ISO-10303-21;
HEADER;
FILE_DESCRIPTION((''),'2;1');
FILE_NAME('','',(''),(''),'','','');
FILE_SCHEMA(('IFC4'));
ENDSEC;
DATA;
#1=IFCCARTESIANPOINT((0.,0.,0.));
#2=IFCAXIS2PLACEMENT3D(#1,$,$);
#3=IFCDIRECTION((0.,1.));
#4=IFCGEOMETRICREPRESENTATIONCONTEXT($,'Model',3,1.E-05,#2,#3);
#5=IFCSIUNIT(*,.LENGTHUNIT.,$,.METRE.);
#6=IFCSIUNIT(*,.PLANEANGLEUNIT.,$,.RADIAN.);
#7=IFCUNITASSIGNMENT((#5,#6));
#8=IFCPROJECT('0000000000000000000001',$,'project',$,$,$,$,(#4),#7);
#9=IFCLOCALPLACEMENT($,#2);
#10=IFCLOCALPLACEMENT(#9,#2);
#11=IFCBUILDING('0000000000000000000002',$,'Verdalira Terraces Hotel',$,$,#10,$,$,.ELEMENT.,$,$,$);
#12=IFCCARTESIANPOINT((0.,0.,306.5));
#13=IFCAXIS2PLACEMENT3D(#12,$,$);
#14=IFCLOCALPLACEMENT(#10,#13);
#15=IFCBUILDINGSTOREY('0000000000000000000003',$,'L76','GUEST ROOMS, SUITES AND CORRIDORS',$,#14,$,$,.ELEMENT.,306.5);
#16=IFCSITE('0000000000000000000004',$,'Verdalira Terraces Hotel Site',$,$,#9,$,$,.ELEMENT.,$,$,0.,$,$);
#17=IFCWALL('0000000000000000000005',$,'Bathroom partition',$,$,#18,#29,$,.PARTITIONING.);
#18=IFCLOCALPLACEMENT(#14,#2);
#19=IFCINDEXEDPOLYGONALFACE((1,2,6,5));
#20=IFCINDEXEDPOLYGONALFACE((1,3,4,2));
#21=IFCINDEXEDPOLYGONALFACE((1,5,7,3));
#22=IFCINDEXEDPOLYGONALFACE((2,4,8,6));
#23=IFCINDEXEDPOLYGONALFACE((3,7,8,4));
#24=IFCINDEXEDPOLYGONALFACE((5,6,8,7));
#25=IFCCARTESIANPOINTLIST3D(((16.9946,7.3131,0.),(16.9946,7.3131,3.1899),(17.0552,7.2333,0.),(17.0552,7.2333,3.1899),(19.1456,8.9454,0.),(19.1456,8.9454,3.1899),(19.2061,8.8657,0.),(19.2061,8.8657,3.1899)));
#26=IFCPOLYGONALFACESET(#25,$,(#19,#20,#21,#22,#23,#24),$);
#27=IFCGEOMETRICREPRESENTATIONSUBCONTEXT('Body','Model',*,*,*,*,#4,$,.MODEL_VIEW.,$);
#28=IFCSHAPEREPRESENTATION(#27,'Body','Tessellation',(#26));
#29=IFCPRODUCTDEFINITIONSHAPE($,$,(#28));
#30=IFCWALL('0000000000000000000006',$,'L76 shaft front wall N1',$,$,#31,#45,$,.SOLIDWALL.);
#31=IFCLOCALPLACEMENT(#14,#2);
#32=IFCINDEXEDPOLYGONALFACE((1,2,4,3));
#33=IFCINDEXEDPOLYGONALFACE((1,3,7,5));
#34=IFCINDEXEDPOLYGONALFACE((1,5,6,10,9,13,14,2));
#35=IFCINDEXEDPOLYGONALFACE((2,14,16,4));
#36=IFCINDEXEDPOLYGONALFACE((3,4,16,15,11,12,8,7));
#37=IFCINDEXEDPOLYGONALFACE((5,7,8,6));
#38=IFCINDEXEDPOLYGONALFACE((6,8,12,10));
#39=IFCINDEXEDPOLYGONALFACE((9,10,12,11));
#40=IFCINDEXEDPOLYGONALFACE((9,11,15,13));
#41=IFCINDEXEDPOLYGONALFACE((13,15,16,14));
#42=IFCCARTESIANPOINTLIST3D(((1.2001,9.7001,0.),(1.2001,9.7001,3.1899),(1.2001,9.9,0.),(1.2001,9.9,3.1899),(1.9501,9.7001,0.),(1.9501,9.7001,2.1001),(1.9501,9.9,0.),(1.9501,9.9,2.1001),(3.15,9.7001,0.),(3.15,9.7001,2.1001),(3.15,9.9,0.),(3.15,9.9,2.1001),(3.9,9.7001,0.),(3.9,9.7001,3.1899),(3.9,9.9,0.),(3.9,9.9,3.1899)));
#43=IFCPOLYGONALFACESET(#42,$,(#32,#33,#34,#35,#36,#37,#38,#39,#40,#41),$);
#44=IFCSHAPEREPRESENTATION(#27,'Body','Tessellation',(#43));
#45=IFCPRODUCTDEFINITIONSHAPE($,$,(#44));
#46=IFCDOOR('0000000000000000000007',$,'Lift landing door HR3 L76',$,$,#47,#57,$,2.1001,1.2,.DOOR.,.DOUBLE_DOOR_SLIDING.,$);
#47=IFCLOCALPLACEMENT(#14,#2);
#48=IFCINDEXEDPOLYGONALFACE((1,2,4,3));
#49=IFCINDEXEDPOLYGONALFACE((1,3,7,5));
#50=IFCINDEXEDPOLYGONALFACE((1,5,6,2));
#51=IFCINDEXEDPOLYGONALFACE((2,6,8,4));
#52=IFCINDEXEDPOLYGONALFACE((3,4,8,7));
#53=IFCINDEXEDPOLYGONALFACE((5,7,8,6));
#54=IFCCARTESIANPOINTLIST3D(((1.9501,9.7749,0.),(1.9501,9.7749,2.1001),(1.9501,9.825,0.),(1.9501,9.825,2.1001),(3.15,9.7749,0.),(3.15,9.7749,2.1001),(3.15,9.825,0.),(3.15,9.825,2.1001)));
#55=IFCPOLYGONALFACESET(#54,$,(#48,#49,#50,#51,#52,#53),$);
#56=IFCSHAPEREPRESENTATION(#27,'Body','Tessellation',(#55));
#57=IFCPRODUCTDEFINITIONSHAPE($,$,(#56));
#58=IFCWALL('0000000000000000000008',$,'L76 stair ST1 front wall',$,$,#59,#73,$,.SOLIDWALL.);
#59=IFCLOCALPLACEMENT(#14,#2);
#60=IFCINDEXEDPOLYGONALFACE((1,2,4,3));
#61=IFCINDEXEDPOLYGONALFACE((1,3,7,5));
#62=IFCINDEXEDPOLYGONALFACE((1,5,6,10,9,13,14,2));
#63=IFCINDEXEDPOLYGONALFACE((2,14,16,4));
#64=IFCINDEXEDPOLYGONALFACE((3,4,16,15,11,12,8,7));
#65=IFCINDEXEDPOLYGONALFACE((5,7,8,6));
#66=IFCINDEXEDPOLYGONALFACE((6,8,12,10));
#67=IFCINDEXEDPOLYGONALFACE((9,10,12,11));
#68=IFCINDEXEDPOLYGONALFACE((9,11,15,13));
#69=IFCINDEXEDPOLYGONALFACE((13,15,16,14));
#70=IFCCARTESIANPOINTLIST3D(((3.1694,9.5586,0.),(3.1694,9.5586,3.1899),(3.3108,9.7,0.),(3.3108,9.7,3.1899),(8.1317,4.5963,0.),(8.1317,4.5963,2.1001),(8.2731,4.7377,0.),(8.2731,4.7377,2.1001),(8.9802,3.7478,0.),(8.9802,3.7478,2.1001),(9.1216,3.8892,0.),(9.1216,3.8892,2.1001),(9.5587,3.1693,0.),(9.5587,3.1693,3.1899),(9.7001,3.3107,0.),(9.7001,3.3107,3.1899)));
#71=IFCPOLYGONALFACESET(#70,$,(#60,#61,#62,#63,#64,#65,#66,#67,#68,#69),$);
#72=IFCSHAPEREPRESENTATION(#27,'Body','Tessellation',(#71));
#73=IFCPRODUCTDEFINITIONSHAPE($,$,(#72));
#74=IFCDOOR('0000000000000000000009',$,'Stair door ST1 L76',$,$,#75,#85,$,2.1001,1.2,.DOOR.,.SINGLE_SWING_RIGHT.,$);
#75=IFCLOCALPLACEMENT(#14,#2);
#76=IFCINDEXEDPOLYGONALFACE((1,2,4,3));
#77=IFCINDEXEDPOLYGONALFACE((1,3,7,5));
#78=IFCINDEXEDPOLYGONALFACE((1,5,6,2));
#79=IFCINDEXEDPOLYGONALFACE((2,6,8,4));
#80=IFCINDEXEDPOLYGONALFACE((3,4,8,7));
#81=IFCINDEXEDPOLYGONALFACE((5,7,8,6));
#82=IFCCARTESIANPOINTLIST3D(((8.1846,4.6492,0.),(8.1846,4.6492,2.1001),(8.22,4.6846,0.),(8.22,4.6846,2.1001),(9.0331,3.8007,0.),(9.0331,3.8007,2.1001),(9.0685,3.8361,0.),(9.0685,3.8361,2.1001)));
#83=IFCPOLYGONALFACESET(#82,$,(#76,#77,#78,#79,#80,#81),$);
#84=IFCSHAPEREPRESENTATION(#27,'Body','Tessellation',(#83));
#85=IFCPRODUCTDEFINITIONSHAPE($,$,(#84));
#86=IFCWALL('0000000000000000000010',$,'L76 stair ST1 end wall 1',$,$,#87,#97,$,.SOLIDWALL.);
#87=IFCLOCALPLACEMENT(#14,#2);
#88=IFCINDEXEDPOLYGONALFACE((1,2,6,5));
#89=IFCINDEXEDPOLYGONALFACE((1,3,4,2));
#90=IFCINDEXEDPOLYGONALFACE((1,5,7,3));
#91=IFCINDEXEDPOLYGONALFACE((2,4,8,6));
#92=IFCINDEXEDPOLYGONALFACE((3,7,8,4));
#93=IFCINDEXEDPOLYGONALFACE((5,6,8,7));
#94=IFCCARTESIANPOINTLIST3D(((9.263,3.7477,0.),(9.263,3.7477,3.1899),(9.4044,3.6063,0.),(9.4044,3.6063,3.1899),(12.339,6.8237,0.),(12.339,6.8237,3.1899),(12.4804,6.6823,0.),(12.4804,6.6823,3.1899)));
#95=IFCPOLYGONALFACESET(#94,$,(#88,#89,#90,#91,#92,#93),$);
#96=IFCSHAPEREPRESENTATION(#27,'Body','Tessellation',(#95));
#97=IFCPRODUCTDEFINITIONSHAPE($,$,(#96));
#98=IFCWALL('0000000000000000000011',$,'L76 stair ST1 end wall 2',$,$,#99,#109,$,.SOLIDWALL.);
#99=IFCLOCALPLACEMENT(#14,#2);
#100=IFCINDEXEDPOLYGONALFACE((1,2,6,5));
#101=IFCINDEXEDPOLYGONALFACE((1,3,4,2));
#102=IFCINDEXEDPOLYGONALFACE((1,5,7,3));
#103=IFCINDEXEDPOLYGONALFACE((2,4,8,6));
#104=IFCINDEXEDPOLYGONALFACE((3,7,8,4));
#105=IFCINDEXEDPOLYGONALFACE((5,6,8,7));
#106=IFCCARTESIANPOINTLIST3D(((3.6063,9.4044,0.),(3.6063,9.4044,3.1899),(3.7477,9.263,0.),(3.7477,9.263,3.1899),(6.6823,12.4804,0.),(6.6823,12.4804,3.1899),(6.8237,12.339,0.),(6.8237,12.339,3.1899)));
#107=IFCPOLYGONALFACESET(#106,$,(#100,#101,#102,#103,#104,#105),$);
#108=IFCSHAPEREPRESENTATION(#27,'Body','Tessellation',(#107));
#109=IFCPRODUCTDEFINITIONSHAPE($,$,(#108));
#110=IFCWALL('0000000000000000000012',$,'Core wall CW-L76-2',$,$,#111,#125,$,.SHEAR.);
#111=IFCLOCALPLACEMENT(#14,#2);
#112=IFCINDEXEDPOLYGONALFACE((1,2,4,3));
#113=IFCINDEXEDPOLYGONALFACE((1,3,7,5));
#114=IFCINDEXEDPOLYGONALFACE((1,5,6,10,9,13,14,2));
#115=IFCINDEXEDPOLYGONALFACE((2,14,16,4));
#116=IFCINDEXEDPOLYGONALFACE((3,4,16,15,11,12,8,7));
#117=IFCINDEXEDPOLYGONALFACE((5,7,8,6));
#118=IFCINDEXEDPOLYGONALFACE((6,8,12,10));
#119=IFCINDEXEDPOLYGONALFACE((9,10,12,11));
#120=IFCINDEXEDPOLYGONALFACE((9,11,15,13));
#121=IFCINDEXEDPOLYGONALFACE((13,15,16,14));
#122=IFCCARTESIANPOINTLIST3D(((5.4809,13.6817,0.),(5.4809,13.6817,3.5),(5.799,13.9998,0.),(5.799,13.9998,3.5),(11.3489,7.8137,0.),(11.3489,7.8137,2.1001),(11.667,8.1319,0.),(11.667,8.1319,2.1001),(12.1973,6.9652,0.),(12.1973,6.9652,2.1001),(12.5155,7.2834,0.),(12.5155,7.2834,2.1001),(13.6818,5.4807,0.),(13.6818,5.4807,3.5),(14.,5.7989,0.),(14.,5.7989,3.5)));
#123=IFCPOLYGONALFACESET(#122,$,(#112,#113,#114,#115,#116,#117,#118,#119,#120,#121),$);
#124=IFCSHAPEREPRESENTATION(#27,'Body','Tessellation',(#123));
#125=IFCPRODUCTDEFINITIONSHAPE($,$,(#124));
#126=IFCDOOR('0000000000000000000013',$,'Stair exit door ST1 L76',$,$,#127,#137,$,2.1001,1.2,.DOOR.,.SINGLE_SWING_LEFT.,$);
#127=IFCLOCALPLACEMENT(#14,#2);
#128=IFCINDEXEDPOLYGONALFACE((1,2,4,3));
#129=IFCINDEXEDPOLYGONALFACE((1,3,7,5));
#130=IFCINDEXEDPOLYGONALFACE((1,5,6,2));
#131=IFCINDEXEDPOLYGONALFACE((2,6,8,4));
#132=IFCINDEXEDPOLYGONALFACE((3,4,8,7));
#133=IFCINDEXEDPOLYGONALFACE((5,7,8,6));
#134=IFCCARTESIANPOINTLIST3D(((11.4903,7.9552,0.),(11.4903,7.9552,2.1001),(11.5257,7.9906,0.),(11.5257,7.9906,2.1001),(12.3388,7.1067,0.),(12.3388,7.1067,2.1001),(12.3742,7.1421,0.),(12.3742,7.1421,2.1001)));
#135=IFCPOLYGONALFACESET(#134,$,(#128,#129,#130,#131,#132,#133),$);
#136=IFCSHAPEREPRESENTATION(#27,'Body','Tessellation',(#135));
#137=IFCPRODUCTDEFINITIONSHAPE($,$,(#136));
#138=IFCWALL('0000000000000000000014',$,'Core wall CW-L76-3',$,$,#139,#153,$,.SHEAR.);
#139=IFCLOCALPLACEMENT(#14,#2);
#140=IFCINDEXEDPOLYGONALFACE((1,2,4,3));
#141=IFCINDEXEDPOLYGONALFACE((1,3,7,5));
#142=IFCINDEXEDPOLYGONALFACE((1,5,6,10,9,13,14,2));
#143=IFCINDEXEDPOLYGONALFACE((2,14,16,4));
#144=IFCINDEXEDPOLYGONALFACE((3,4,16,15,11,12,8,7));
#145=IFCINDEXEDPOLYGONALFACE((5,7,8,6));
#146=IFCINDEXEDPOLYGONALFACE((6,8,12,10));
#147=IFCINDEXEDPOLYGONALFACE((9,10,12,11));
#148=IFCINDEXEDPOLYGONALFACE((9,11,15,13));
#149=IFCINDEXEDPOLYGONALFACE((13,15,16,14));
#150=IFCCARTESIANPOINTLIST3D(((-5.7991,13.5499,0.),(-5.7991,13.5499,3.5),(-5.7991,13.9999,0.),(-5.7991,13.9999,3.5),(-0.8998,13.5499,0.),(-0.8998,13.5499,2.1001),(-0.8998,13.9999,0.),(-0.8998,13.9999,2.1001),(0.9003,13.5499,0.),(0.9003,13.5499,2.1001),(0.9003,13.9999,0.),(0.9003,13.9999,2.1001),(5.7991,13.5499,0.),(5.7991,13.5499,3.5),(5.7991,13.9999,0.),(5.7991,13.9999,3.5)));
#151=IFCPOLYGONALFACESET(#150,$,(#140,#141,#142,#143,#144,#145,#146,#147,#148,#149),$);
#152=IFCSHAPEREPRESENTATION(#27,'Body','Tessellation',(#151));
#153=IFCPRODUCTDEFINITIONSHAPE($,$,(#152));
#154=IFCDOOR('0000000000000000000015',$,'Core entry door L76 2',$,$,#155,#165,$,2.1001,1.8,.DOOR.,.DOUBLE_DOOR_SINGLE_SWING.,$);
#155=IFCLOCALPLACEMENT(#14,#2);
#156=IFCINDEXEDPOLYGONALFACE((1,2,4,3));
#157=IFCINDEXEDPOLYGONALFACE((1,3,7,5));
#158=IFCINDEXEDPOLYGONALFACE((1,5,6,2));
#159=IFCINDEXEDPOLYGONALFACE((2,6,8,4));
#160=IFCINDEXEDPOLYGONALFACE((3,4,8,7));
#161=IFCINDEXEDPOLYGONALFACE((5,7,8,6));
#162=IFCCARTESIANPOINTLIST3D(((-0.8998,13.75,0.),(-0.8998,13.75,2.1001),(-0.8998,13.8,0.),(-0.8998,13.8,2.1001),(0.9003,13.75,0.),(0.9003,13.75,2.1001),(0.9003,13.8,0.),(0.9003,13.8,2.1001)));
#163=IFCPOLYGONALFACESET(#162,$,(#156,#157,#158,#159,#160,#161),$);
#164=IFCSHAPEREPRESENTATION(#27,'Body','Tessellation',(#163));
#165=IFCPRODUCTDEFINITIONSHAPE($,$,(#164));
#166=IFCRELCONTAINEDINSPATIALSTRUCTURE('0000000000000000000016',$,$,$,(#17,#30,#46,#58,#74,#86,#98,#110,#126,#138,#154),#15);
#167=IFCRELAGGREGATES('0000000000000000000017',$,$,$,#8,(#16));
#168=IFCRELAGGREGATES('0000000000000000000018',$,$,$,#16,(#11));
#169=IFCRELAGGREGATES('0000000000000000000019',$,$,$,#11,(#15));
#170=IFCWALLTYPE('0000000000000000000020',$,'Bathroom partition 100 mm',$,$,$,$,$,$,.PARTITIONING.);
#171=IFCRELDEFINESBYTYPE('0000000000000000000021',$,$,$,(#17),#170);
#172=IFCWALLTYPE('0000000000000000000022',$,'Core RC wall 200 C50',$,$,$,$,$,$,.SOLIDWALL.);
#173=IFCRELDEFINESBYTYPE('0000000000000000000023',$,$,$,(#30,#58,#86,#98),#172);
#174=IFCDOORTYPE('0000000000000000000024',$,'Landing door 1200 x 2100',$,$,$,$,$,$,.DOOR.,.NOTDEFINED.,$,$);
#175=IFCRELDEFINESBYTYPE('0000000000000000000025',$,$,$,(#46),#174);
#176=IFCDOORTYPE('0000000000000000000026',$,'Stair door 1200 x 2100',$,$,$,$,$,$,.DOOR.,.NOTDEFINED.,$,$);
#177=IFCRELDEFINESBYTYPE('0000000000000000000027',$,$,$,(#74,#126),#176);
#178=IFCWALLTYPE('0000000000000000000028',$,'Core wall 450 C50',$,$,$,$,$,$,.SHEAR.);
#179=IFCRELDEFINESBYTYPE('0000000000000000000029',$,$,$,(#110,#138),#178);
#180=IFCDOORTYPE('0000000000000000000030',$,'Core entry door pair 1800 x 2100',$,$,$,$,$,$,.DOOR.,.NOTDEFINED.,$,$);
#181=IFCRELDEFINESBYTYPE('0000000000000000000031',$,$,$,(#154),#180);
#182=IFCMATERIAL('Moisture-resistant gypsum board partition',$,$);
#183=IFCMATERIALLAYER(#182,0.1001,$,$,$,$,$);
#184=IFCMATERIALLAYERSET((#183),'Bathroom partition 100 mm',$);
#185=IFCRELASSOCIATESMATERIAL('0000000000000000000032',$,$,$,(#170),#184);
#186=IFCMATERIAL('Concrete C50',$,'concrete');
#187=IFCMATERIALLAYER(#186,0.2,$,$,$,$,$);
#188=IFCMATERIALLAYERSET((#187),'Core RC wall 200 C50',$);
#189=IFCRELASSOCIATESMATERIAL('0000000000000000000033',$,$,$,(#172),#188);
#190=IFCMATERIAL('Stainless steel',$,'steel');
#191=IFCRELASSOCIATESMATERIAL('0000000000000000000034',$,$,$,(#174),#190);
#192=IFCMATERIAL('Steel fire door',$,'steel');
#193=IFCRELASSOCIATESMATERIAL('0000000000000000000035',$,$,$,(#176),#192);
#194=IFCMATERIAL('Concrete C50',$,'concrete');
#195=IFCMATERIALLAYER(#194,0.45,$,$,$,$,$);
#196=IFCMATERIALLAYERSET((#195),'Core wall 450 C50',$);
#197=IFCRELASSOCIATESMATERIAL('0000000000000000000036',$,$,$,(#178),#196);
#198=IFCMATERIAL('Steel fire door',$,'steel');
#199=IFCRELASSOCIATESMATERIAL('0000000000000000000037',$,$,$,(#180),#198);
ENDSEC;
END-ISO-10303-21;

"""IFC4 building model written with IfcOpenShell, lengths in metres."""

from ifc_helpers import new_model, si_unit, direction, frame, frame_2d, origin, place, context, subcontext, project, spatial, rectangle, extrude, material, layer, layer_set, type_object, element, fill, save


model = new_model("IFC4")

# Units and contexts
model_context = context("Model", 3, precision=1e-05, world=origin(), true_north=direction((0.0, 1.0)))
body_context = subcontext(model_context, "Body", "Model", "MODEL_VIEW")
ifc_project = project(units=[si_unit("LENGTHUNIT", "METRE"), si_unit("PLANEANGLEUNIT", "RADIAN")], contexts=[model_context])

# Site, building, storey
site_placement = place(None, origin())
site = spatial("IfcSite", under=ifc_project, at=site_placement, Name="Verdalira Terraces Hotel Site", CompositionType="ELEMENT", RefElevation=0.0)
building_placement = place(site_placement, origin())
building = spatial("IfcBuilding", under=site, at=building_placement, Name="Verdalira Terraces Hotel", CompositionType="ELEMENT")
storey_placement = place(building_placement, frame((0.0, 0.0, 306.5)))
storey = spatial("IfcBuildingStorey", under=building, at=storey_placement, Name="L76", Description="GUEST ROOMS, SUITES AND CORRIDORS", CompositionType="ELEMENT", Elevation=306.5)

# Wall
ifc_material_1 = material(Name="Moisture-resistant gypsum board partition")
ifc_layer_1 = layer(ifc_material_1, 0.1001)
ifc_layer_set_1 = layer_set([ifc_layer_1], Name="Bathroom partition 100 mm")
wall_type_1 = type_object("IfcWallType", Name="Bathroom partition 100 mm", PredefinedType="PARTITIONING", material=ifc_layer_set_1)
wall_1_placement = place(storey_placement, frame((17.0249, 7.2732, 0.0), z_axis=(0.0, 0.0, 1.0), x_axis=(0.79658, 0.604533, 0.0)))
element("IfcWall", 1, at=wall_1_placement, inside=storey, type_object=wall_type_1, Name="Bathroom partition", PredefinedType="PARTITIONING", context=body_context, shape_type="SweptSolid", body=[
    extrude(rectangle(XDim=2.7002, YDim=0.1001, at=frame_2d((1.3501, 0.0))), origin(), (0.0, 0.0, 1.0), 3.1899),
])

# Walls, openings, doors
ifc_material_2 = material(Name="Concrete C50", Category="concrete")
ifc_layer_2 = layer(ifc_material_2, 0.2)
ifc_layer_set_2 = layer_set([ifc_layer_2], Name="Core RC wall 200 C50")
wall_type_2 = type_object("IfcWallType", Name="Core RC wall 200 C50", PredefinedType="SOLIDWALL", material=ifc_layer_set_2)
wall_2_placement = place(storey_placement, frame((1.2, 9.8, 0.0), z_axis=(0.0, 0.0, 1.0), x_axis=(1.0, 0.0, 0.0)))
wall_2 = element("IfcWall", 2, at=wall_2_placement, inside=storey, type_object=wall_type_2, Name="L76 shaft front wall N1", PredefinedType="SOLIDWALL", context=body_context, shape_type="SweptSolid", body=[
    extrude(rectangle(XDim=2.7, YDim=0.2, at=frame_2d((1.3501, 0.0))), origin(), (0.0, 0.0, 1.0), 3.1899),
])
opening_1_placement = place(wall_2_placement, frame((0.75, 0.0, 0.0)))
opening_1 = element("IfcOpeningElement", 3, at=opening_1_placement, cuts=wall_2, PredefinedType="OPENING", context=body_context, shape_type="SweptSolid", body=[
    extrude(rectangle(XDim=1.2, YDim=2.1001, at=frame_2d((0.6001, 1.05))), frame((0.0, 0.1099, 0.0), z_axis=(0.0, -1.0, 0.0), x_axis=(1.0, 0.0, 0.0)), (0.0, 0.0, 1.0), 0.22),
])
ifc_material_3 = material(Name="Stainless steel", Category="steel")
door_type_1 = type_object("IfcDoorType", Name="Landing door 1200 x 2100", OperationType="NOTDEFINED", PredefinedType="DOOR", material=ifc_material_3)
door_1_placement = place(opening_1_placement, origin())
door_1 = element("IfcDoor", 4, at=door_1_placement, inside=storey, type_object=door_type_1, Name="Lift landing door HR3 L76", OperationType="DOUBLE_DOOR_SLIDING", OverallHeight=2.1001, OverallWidth=1.2, PredefinedType="DOOR", context=body_context, shape_type="SweptSolid", body=[
    extrude(rectangle(XDim=1.2, YDim=2.1001, at=frame_2d((0.6001, 1.05))), frame((0.0, 0.0249, 0.0), z_axis=(0.0, -1.0, 0.0), x_axis=(1.0, 0.0, 0.0)), (0.0, 0.0, 1.0), 0.05),
])
fill(opening_1, door_1)
wall_3_placement = place(storey_placement, frame((3.24, 9.6294, 0.0), z_axis=(0.0, 0.0, 1.0), x_axis=(0.707107, -0.707107, 0.0)))
wall_3 = element("IfcWall", 5, at=wall_3_placement, inside=storey, type_object=wall_type_2, Name="L76 stair ST1 front wall", PredefinedType="SOLIDWALL", context=body_context, shape_type="SweptSolid", body=[
    extrude(rectangle(XDim=9.0359, YDim=0.2, at=frame_2d((4.5181, 0.0))), origin(), (0.0, 0.0, 1.0), 3.1899),
])
opening_2_placement = place(wall_3_placement, frame((7.0178, 0.0, 0.0)))
opening_2 = element("IfcOpeningElement", 6, at=opening_2_placement, cuts=wall_3, PredefinedType="OPENING", context=body_context, shape_type="SweptSolid", body=[
    extrude(rectangle(XDim=1.2, YDim=2.1001, at=frame_2d((0.6001, 1.05))), frame((0.0, 0.1099, 0.0), z_axis=(0.0, -1.0, 0.0), x_axis=(1.0, 0.0, 0.0)), (0.0, 0.0, 1.0), 0.22),
])
ifc_material_4 = material(Name="Steel fire door", Category="steel")
door_type_2 = type_object("IfcDoorType", Name="Stair door 1200 x 2100", OperationType="NOTDEFINED", PredefinedType="DOOR", material=ifc_material_4)
door_2_placement = place(opening_2_placement, origin())
door_2 = element("IfcDoor", 7, at=door_2_placement, inside=storey, type_object=door_type_2, Name="Stair door ST1 L76", OperationType="SINGLE_SWING_RIGHT", OverallHeight=2.1001, OverallWidth=1.2, PredefinedType="DOOR", context=body_context, shape_type="SweptSolid", body=[
    extrude(rectangle(XDim=1.2, YDim=2.1001, at=frame_2d((0.6001, 1.05))), frame((0.0, 0.0249, 0.0), z_axis=(0.0, -1.0, 0.0), x_axis=(1.0, 0.0, 0.0)), (0.0, 0.0, 1.0), 0.05),
])
fill(opening_2, door_2)

# Walls
for number, where, z_axis, x_axis, name in (
    (8, (9.3337, 3.677, 0.0), (0.0, 0.0, 1.0), (0.707107, 0.707107, 0.0), "L76 stair ST1 end wall 1"),
    (9, (3.677, 9.3337, 0.0), (0.0, 0.0, 1.0), (0.707107, 0.707107, 0.0), "L76 stair ST1 end wall 2"),
):
    element("IfcWall", number, at=place(storey_placement, frame(where, z_axis=z_axis, x_axis=x_axis)), inside=storey, type_object=wall_type_2, Name=name, PredefinedType="SOLIDWALL", context=body_context, shape_type="SweptSolid", body=[
        extrude(rectangle(XDim=4.3501, YDim=0.2, at=frame_2d((2.175, 0.0))), origin(), (0.0, 0.0, 1.0), 3.1899),
    ])

# Walls, openings, doors
ifc_material_5 = material(Name="Concrete C50", Category="concrete")
ifc_layer_3 = layer(ifc_material_5, 0.45)
ifc_layer_set_3 = layer_set([ifc_layer_3], Name="Core wall 450 C50")
wall_type_3 = type_object("IfcWallType", Name="Core wall 450 C50", PredefinedType="SHEAR", material=ifc_layer_set_3)
wall_4_placement = place(storey_placement, frame((13.8408, 5.6399, 0.0), z_axis=(0.0, 0.0, 1.0), x_axis=(-0.707107, 0.707107, 0.0)))
wall_4 = element("IfcWall", 10, at=wall_4_placement, inside=storey, type_object=wall_type_3, Name="Core wall CW-L76-2", PredefinedType="SHEAR", context=body_context, shape_type="SweptSolid", body=[
    extrude(rectangle(XDim=11.5979, YDim=0.45, at=frame_2d((5.7988, 0.0))), origin(), (0.0, 0.0, 1.0), 3.5),
])
opening_3_placement = place(wall_4_placement, frame((2.0991, 0.0, 0.0)))
opening_3 = element("IfcOpeningElement", 11, at=opening_3_placement, cuts=wall_4, PredefinedType="OPENING", context=body_context, shape_type="SweptSolid", body=[
    extrude(rectangle(XDim=1.2, YDim=2.1001, at=frame_2d((0.6001, 1.05))), frame((0.0, 0.2349, 0.0), z_axis=(0.0, -1.0, 0.0), x_axis=(1.0, 0.0, 0.0)), (0.0, 0.0, 1.0), 0.47),
])
door_3_placement = place(opening_3_placement, origin())
door_3 = element("IfcDoor", 12, at=door_3_placement, inside=storey, type_object=door_type_2, Name="Stair exit door ST1 L76", OperationType="SINGLE_SWING_LEFT", OverallHeight=2.1001, OverallWidth=1.2, PredefinedType="DOOR", context=body_context, shape_type="SweptSolid", body=[
    extrude(rectangle(XDim=1.2, YDim=2.1001, at=frame_2d((0.6001, 1.05))), frame((0.0, 0.0249, 0.0), z_axis=(0.0, -1.0, 0.0), x_axis=(1.0, 0.0, 0.0)), (0.0, 0.0, 1.0), 0.05),
])
fill(opening_3, door_3)
wall_5_placement = place(storey_placement, frame((5.7991, 13.7749, 0.0), z_axis=(0.0, 0.0, 1.0), x_axis=(-1.0, 0.0, 0.0)))
wall_5 = element("IfcWall", 13, at=wall_5_placement, inside=storey, type_object=wall_type_3, Name="Core wall CW-L76-3", PredefinedType="SHEAR", context=body_context, shape_type="SweptSolid", body=[
    extrude(rectangle(XDim=11.5981, YDim=0.45, at=frame_2d((5.7991, 0.0))), origin(), (0.0, 0.0, 1.0), 3.5),
])
opening_4_placement = place(wall_5_placement, frame((4.8989, 0.0, 0.0)))
opening_4 = element("IfcOpeningElement", 14, at=opening_4_placement, cuts=wall_5, PredefinedType="OPENING", context=body_context, shape_type="SweptSolid", body=[
    extrude(rectangle(XDim=1.8, YDim=2.1001, at=frame_2d((0.8999, 1.05))), frame((0.0, 0.2349, 0.0), z_axis=(0.0, -1.0, 0.0), x_axis=(1.0, 0.0, 0.0)), (0.0, 0.0, 1.0), 0.47),
])
ifc_material_6 = material(Name="Steel fire door", Category="steel")
door_type_3 = type_object("IfcDoorType", Name="Core entry door pair 1800 x 2100", OperationType="NOTDEFINED", PredefinedType="DOOR", material=ifc_material_6)
door_4_placement = place(opening_4_placement, origin())
door_4 = element("IfcDoor", 15, at=door_4_placement, inside=storey, type_object=door_type_3, Name="Core entry door L76 2", OperationType="DOUBLE_DOOR_SINGLE_SWING", OverallHeight=2.1001, OverallWidth=1.8, PredefinedType="DOOR", context=body_context, shape_type="SweptSolid", body=[
    extrude(rectangle(XDim=1.8, YDim=2.1001, at=frame_2d((0.8999, 1.05))), frame((0.0, 0.0249, 0.0), z_axis=(0.0, -1.0, 0.0), x_axis=(1.0, 0.0, 0.0)), (0.0, 0.0, 1.0), 0.05),
])
fill(opening_4, door_4)

save(model, "model.ifc")
